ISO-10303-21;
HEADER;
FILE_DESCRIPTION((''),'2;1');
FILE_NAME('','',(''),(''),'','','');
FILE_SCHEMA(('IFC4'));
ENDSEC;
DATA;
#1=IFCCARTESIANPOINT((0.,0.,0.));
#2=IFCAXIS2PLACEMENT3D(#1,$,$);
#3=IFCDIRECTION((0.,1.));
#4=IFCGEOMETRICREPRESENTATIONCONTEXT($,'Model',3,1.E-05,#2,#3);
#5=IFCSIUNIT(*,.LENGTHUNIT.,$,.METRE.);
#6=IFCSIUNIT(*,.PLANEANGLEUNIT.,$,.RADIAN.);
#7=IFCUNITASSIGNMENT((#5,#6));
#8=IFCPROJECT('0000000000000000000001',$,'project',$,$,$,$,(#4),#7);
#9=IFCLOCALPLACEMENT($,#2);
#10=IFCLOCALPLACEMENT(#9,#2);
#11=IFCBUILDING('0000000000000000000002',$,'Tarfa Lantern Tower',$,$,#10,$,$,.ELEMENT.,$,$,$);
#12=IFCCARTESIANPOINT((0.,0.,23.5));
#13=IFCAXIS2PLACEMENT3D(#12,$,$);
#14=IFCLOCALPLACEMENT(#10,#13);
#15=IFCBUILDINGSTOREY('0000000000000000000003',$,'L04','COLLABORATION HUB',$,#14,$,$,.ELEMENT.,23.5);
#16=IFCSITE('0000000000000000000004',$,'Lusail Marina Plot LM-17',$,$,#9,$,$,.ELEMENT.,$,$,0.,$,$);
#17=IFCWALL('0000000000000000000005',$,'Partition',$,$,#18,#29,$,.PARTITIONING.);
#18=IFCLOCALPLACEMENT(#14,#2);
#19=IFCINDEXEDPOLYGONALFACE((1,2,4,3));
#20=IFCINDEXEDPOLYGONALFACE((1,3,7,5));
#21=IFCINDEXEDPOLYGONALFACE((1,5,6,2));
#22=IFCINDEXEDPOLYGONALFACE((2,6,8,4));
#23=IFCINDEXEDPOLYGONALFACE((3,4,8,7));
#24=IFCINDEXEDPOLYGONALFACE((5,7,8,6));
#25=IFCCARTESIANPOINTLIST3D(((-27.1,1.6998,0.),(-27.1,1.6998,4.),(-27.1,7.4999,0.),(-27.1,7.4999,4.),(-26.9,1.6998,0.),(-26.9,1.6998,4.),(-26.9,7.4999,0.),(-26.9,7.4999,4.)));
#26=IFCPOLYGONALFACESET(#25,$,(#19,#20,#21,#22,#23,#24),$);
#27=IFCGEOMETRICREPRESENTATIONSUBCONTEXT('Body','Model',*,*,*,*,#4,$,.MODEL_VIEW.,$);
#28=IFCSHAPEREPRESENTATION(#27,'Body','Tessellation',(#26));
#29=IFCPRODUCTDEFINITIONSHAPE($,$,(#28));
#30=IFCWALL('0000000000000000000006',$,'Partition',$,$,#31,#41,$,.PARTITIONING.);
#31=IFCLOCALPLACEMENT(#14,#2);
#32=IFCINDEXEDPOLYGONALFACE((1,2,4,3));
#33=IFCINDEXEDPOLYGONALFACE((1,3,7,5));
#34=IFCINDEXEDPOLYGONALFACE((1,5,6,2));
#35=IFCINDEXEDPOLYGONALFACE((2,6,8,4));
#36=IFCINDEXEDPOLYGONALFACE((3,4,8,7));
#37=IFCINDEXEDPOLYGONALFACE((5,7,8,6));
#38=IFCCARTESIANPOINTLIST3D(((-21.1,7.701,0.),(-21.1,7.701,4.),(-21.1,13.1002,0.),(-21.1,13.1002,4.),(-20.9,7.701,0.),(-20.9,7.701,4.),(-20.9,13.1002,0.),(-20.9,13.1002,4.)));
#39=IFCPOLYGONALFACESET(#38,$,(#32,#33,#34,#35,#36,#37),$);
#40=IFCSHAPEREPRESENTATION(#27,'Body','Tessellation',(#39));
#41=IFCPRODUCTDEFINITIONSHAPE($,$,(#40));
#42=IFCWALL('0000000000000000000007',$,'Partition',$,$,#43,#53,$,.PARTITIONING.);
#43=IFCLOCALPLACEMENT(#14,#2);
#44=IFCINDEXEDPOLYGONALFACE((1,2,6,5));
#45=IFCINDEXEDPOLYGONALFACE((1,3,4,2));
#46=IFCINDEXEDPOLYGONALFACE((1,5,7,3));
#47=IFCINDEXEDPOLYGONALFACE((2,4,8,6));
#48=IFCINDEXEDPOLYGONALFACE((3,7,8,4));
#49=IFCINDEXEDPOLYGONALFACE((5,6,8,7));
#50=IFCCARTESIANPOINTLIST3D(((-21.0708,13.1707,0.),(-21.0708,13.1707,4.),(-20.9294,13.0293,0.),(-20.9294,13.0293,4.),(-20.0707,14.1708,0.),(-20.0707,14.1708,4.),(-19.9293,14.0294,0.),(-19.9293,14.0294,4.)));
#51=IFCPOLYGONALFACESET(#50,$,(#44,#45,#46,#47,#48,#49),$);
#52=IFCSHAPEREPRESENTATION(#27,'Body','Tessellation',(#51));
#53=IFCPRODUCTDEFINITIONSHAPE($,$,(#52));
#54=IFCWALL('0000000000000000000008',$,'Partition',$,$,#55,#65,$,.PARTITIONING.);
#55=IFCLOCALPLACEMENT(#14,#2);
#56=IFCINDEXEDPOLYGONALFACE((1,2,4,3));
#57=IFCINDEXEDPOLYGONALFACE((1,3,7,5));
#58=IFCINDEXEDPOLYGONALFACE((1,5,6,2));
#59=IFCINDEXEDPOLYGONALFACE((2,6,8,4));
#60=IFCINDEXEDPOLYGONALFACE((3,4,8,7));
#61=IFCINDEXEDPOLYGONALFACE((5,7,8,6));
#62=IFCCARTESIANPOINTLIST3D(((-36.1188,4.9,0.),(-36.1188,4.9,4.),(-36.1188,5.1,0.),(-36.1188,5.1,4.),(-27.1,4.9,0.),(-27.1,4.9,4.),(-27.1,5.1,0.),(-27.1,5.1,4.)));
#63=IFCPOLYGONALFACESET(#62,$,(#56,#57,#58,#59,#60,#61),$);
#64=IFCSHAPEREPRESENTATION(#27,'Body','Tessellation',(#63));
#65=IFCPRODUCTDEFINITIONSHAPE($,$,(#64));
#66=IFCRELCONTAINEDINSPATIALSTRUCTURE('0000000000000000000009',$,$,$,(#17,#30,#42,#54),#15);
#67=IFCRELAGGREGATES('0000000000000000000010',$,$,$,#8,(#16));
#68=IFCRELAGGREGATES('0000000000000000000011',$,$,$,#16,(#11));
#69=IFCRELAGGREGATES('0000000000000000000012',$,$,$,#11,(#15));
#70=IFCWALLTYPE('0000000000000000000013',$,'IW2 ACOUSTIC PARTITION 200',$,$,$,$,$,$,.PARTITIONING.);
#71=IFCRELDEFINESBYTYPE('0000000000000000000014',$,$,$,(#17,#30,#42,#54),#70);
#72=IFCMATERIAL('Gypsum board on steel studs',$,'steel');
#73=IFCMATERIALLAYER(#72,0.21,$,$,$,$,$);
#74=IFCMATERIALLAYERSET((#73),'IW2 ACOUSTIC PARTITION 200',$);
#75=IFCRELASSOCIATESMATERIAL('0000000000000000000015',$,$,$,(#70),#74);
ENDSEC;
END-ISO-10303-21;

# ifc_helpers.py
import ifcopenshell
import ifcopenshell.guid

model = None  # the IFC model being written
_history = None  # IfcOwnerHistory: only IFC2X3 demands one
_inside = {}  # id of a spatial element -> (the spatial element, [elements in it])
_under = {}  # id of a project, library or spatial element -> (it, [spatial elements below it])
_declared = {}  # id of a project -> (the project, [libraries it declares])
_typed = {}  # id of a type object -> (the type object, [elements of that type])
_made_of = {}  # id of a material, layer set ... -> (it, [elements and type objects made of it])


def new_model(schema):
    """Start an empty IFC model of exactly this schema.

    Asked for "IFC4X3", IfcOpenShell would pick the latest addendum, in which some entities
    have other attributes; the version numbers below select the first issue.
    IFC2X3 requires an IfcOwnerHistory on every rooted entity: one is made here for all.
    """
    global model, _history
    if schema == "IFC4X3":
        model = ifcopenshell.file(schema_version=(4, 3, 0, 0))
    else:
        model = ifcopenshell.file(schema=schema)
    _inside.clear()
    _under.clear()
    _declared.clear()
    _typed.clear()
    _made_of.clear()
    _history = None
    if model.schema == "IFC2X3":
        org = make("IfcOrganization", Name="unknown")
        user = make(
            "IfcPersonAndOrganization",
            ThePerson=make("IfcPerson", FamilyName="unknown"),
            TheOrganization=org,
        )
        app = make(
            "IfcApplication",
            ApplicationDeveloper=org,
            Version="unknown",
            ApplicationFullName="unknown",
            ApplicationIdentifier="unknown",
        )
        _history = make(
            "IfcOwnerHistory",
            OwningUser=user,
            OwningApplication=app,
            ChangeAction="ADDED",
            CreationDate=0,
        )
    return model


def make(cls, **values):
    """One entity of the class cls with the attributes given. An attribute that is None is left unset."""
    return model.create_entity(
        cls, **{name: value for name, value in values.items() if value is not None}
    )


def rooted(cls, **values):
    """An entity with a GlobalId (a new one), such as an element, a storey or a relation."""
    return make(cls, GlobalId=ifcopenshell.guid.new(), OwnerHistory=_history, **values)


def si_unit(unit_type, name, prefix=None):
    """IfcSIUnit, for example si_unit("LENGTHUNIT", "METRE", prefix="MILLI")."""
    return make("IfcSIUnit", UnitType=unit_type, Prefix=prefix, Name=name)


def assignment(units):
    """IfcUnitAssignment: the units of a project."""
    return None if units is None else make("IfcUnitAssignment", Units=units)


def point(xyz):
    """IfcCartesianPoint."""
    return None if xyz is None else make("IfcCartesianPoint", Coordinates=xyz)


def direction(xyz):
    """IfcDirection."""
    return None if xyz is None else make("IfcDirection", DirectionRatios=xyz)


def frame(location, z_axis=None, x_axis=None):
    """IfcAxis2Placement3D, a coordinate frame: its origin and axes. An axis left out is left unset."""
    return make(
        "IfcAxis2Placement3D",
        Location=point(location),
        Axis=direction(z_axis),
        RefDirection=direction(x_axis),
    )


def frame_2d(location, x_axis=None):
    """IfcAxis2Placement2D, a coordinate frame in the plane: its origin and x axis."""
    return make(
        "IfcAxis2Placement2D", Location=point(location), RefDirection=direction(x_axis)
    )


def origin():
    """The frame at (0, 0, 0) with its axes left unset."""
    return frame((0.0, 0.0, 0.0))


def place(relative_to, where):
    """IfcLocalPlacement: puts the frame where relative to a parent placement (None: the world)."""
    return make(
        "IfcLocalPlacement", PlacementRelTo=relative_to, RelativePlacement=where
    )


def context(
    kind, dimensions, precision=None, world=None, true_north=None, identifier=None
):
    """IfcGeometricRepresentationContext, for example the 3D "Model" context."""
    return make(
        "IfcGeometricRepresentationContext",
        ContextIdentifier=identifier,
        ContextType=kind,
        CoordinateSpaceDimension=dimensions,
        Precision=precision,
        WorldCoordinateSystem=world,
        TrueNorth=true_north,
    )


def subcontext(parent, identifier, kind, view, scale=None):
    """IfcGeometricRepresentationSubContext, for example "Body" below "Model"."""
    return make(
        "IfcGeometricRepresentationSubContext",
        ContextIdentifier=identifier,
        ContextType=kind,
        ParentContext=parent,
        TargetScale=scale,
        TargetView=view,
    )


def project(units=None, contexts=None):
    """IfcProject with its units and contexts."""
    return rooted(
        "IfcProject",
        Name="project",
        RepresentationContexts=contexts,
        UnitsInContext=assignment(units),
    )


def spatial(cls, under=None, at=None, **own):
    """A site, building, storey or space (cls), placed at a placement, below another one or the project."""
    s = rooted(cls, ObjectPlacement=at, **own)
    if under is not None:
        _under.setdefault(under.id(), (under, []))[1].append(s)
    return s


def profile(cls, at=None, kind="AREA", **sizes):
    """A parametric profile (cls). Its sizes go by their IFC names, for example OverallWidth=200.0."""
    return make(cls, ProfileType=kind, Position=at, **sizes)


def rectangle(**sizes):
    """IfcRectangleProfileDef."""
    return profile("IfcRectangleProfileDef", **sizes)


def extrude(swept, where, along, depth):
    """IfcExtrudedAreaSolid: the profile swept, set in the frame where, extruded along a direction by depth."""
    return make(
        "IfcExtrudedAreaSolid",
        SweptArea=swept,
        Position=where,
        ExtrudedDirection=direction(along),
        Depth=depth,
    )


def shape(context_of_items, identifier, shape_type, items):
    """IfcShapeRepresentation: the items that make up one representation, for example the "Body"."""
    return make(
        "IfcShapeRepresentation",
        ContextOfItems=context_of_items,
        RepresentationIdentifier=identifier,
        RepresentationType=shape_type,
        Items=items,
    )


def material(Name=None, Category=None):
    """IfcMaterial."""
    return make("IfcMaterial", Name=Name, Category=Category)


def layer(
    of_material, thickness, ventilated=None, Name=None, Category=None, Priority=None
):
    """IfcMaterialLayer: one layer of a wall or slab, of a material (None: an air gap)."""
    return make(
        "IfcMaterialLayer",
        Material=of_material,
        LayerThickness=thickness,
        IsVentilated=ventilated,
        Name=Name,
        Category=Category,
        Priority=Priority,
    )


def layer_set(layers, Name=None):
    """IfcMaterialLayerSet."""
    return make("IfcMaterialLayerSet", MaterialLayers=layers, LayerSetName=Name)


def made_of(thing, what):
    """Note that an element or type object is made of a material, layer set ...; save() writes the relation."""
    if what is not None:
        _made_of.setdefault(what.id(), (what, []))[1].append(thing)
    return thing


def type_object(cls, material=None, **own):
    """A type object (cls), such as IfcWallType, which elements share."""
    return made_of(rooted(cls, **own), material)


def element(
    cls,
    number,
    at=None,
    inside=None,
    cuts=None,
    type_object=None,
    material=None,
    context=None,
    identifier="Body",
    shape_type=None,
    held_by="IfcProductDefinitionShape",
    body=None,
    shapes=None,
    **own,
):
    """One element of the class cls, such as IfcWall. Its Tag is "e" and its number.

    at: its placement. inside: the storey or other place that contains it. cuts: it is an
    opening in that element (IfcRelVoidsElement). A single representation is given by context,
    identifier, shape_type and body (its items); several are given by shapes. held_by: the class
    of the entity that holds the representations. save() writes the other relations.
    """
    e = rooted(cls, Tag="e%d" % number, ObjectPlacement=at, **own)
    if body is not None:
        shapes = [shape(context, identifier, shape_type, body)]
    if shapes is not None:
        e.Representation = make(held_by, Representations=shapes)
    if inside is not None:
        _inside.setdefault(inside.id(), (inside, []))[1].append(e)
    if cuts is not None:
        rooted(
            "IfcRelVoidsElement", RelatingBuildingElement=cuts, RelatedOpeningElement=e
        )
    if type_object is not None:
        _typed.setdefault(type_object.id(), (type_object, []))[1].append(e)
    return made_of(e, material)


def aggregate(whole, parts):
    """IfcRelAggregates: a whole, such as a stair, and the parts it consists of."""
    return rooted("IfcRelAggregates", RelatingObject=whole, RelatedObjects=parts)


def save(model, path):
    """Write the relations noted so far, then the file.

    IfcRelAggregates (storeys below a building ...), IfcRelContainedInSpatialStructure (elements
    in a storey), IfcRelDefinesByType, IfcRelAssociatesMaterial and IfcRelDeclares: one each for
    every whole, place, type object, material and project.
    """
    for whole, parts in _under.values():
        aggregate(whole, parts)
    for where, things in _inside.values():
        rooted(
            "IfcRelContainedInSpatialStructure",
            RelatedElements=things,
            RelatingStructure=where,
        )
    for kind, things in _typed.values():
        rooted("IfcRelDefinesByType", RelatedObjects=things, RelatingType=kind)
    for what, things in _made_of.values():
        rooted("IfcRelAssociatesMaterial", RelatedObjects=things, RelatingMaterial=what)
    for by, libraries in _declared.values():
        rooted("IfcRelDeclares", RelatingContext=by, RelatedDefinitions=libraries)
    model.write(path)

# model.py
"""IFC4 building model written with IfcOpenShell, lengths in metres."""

from ifc_helpers import new_model, si_unit, direction, frame, frame_2d, origin, place, context, subcontext, project, spatial, rectangle, extrude, material, layer, layer_set, type_object, element, save


model = new_model("IFC4")

# Units and contexts
model_context = context("Model", 3, precision=1e-05, world=origin(), true_north=direction((0.0, 1.0)))
body_context = subcontext(model_context, "Body", "Model", "MODEL_VIEW")
ifc_project = project(units=[si_unit("LENGTHUNIT", "METRE"), si_unit("PLANEANGLEUNIT", "RADIAN")], contexts=[model_context])

# Site, building, storey
site_placement = place(None, origin())
site = spatial("IfcSite", under=ifc_project, at=site_placement, Name="Lusail Marina Plot LM-17", CompositionType="ELEMENT", RefElevation=0.0)
building_placement = place(site_placement, origin())
building = spatial("IfcBuilding", under=site, at=building_placement, Name="Tarfa Lantern Tower", CompositionType="ELEMENT")
storey_placement = place(building_placement, frame((0.0, 0.0, 23.5)))
storey = spatial("IfcBuildingStorey", under=building, at=storey_placement, Name="L04", Description="COLLABORATION HUB", CompositionType="ELEMENT", Elevation=23.5)

# Walls
ifc_material_1 = material(Name="Gypsum board on steel studs", Category="steel")
ifc_layer_1 = layer(ifc_material_1, 0.21)
ifc_layer_set_1 = layer_set([ifc_layer_1], Name="IW2 ACOUSTIC PARTITION 200")
wall_type = type_object("IfcWallType", Name="IW2 ACOUSTIC PARTITION 200", PredefinedType="PARTITIONING", material=ifc_layer_set_1)
for number, where, z_axis, x_axis, name in (
    (1, (-27.0, 1.7, 0.0), (0.0, 0.0, 1.0), (0.0, 1.0, 0.0), "Partition"),
):
    element("IfcWall", number, at=place(storey_placement, frame(where, z_axis=z_axis, x_axis=x_axis)), inside=storey, type_object=wall_type, Name=name, PredefinedType="PARTITIONING", context=body_context, shape_type="SweptSolid", body=[
        extrude(rectangle(XDim=5.8, YDim=0.2, at=frame_2d((2.8999, 0.0))), origin(), (0.0, 0.0, 1.0), 4.0),
    ])
wall_1_placement = place(storey_placement, frame((-21.0, 7.7009, 0.0), z_axis=(0.0, 0.0, 1.0), x_axis=(0.0, 1.0, 0.0)))
element("IfcWall", 2, at=wall_1_placement, inside=storey, type_object=wall_type, Name="Partition", PredefinedType="PARTITIONING", context=body_context, shape_type="SweptSolid", body=[
    extrude(rectangle(XDim=5.3992, YDim=0.2, at=frame_2d((2.6997, 0.0))), origin(), (0.0, 0.0, 1.0), 4.0),
])
wall_2_placement = place(storey_placement, frame((-21.0, 13.1001, 0.0), z_axis=(0.0, 0.0, 1.0), x_axis=(0.707107, 0.707107, 0.0)))
element("IfcWall", 3, at=wall_2_placement, inside=storey, type_object=wall_type, Name="Partition", PredefinedType="PARTITIONING", context=body_context, shape_type="SweptSolid", body=[
    extrude(rectangle(XDim=1.4143, YDim=0.2, at=frame_2d((0.707, 0.0))), origin(), (0.0, 0.0, 1.0), 4.0),
])
wall_3_placement = place(storey_placement, frame((-27.1001, 5.0, 0.0), z_axis=(0.0, 0.0, 1.0), x_axis=(-1.0, 0.0, 0.0)))
element("IfcWall", 4, at=wall_3_placement, inside=storey, type_object=wall_type, Name="Partition", PredefinedType="PARTITIONING", context=body_context, shape_type="SweptSolid", body=[
    extrude(rectangle(XDim=9.0188, YDim=0.2, at=frame_2d((4.5093, 0.0))), origin(), (0.0, 0.0, 1.0), 4.0),
])

save(model, "model.ifc")
